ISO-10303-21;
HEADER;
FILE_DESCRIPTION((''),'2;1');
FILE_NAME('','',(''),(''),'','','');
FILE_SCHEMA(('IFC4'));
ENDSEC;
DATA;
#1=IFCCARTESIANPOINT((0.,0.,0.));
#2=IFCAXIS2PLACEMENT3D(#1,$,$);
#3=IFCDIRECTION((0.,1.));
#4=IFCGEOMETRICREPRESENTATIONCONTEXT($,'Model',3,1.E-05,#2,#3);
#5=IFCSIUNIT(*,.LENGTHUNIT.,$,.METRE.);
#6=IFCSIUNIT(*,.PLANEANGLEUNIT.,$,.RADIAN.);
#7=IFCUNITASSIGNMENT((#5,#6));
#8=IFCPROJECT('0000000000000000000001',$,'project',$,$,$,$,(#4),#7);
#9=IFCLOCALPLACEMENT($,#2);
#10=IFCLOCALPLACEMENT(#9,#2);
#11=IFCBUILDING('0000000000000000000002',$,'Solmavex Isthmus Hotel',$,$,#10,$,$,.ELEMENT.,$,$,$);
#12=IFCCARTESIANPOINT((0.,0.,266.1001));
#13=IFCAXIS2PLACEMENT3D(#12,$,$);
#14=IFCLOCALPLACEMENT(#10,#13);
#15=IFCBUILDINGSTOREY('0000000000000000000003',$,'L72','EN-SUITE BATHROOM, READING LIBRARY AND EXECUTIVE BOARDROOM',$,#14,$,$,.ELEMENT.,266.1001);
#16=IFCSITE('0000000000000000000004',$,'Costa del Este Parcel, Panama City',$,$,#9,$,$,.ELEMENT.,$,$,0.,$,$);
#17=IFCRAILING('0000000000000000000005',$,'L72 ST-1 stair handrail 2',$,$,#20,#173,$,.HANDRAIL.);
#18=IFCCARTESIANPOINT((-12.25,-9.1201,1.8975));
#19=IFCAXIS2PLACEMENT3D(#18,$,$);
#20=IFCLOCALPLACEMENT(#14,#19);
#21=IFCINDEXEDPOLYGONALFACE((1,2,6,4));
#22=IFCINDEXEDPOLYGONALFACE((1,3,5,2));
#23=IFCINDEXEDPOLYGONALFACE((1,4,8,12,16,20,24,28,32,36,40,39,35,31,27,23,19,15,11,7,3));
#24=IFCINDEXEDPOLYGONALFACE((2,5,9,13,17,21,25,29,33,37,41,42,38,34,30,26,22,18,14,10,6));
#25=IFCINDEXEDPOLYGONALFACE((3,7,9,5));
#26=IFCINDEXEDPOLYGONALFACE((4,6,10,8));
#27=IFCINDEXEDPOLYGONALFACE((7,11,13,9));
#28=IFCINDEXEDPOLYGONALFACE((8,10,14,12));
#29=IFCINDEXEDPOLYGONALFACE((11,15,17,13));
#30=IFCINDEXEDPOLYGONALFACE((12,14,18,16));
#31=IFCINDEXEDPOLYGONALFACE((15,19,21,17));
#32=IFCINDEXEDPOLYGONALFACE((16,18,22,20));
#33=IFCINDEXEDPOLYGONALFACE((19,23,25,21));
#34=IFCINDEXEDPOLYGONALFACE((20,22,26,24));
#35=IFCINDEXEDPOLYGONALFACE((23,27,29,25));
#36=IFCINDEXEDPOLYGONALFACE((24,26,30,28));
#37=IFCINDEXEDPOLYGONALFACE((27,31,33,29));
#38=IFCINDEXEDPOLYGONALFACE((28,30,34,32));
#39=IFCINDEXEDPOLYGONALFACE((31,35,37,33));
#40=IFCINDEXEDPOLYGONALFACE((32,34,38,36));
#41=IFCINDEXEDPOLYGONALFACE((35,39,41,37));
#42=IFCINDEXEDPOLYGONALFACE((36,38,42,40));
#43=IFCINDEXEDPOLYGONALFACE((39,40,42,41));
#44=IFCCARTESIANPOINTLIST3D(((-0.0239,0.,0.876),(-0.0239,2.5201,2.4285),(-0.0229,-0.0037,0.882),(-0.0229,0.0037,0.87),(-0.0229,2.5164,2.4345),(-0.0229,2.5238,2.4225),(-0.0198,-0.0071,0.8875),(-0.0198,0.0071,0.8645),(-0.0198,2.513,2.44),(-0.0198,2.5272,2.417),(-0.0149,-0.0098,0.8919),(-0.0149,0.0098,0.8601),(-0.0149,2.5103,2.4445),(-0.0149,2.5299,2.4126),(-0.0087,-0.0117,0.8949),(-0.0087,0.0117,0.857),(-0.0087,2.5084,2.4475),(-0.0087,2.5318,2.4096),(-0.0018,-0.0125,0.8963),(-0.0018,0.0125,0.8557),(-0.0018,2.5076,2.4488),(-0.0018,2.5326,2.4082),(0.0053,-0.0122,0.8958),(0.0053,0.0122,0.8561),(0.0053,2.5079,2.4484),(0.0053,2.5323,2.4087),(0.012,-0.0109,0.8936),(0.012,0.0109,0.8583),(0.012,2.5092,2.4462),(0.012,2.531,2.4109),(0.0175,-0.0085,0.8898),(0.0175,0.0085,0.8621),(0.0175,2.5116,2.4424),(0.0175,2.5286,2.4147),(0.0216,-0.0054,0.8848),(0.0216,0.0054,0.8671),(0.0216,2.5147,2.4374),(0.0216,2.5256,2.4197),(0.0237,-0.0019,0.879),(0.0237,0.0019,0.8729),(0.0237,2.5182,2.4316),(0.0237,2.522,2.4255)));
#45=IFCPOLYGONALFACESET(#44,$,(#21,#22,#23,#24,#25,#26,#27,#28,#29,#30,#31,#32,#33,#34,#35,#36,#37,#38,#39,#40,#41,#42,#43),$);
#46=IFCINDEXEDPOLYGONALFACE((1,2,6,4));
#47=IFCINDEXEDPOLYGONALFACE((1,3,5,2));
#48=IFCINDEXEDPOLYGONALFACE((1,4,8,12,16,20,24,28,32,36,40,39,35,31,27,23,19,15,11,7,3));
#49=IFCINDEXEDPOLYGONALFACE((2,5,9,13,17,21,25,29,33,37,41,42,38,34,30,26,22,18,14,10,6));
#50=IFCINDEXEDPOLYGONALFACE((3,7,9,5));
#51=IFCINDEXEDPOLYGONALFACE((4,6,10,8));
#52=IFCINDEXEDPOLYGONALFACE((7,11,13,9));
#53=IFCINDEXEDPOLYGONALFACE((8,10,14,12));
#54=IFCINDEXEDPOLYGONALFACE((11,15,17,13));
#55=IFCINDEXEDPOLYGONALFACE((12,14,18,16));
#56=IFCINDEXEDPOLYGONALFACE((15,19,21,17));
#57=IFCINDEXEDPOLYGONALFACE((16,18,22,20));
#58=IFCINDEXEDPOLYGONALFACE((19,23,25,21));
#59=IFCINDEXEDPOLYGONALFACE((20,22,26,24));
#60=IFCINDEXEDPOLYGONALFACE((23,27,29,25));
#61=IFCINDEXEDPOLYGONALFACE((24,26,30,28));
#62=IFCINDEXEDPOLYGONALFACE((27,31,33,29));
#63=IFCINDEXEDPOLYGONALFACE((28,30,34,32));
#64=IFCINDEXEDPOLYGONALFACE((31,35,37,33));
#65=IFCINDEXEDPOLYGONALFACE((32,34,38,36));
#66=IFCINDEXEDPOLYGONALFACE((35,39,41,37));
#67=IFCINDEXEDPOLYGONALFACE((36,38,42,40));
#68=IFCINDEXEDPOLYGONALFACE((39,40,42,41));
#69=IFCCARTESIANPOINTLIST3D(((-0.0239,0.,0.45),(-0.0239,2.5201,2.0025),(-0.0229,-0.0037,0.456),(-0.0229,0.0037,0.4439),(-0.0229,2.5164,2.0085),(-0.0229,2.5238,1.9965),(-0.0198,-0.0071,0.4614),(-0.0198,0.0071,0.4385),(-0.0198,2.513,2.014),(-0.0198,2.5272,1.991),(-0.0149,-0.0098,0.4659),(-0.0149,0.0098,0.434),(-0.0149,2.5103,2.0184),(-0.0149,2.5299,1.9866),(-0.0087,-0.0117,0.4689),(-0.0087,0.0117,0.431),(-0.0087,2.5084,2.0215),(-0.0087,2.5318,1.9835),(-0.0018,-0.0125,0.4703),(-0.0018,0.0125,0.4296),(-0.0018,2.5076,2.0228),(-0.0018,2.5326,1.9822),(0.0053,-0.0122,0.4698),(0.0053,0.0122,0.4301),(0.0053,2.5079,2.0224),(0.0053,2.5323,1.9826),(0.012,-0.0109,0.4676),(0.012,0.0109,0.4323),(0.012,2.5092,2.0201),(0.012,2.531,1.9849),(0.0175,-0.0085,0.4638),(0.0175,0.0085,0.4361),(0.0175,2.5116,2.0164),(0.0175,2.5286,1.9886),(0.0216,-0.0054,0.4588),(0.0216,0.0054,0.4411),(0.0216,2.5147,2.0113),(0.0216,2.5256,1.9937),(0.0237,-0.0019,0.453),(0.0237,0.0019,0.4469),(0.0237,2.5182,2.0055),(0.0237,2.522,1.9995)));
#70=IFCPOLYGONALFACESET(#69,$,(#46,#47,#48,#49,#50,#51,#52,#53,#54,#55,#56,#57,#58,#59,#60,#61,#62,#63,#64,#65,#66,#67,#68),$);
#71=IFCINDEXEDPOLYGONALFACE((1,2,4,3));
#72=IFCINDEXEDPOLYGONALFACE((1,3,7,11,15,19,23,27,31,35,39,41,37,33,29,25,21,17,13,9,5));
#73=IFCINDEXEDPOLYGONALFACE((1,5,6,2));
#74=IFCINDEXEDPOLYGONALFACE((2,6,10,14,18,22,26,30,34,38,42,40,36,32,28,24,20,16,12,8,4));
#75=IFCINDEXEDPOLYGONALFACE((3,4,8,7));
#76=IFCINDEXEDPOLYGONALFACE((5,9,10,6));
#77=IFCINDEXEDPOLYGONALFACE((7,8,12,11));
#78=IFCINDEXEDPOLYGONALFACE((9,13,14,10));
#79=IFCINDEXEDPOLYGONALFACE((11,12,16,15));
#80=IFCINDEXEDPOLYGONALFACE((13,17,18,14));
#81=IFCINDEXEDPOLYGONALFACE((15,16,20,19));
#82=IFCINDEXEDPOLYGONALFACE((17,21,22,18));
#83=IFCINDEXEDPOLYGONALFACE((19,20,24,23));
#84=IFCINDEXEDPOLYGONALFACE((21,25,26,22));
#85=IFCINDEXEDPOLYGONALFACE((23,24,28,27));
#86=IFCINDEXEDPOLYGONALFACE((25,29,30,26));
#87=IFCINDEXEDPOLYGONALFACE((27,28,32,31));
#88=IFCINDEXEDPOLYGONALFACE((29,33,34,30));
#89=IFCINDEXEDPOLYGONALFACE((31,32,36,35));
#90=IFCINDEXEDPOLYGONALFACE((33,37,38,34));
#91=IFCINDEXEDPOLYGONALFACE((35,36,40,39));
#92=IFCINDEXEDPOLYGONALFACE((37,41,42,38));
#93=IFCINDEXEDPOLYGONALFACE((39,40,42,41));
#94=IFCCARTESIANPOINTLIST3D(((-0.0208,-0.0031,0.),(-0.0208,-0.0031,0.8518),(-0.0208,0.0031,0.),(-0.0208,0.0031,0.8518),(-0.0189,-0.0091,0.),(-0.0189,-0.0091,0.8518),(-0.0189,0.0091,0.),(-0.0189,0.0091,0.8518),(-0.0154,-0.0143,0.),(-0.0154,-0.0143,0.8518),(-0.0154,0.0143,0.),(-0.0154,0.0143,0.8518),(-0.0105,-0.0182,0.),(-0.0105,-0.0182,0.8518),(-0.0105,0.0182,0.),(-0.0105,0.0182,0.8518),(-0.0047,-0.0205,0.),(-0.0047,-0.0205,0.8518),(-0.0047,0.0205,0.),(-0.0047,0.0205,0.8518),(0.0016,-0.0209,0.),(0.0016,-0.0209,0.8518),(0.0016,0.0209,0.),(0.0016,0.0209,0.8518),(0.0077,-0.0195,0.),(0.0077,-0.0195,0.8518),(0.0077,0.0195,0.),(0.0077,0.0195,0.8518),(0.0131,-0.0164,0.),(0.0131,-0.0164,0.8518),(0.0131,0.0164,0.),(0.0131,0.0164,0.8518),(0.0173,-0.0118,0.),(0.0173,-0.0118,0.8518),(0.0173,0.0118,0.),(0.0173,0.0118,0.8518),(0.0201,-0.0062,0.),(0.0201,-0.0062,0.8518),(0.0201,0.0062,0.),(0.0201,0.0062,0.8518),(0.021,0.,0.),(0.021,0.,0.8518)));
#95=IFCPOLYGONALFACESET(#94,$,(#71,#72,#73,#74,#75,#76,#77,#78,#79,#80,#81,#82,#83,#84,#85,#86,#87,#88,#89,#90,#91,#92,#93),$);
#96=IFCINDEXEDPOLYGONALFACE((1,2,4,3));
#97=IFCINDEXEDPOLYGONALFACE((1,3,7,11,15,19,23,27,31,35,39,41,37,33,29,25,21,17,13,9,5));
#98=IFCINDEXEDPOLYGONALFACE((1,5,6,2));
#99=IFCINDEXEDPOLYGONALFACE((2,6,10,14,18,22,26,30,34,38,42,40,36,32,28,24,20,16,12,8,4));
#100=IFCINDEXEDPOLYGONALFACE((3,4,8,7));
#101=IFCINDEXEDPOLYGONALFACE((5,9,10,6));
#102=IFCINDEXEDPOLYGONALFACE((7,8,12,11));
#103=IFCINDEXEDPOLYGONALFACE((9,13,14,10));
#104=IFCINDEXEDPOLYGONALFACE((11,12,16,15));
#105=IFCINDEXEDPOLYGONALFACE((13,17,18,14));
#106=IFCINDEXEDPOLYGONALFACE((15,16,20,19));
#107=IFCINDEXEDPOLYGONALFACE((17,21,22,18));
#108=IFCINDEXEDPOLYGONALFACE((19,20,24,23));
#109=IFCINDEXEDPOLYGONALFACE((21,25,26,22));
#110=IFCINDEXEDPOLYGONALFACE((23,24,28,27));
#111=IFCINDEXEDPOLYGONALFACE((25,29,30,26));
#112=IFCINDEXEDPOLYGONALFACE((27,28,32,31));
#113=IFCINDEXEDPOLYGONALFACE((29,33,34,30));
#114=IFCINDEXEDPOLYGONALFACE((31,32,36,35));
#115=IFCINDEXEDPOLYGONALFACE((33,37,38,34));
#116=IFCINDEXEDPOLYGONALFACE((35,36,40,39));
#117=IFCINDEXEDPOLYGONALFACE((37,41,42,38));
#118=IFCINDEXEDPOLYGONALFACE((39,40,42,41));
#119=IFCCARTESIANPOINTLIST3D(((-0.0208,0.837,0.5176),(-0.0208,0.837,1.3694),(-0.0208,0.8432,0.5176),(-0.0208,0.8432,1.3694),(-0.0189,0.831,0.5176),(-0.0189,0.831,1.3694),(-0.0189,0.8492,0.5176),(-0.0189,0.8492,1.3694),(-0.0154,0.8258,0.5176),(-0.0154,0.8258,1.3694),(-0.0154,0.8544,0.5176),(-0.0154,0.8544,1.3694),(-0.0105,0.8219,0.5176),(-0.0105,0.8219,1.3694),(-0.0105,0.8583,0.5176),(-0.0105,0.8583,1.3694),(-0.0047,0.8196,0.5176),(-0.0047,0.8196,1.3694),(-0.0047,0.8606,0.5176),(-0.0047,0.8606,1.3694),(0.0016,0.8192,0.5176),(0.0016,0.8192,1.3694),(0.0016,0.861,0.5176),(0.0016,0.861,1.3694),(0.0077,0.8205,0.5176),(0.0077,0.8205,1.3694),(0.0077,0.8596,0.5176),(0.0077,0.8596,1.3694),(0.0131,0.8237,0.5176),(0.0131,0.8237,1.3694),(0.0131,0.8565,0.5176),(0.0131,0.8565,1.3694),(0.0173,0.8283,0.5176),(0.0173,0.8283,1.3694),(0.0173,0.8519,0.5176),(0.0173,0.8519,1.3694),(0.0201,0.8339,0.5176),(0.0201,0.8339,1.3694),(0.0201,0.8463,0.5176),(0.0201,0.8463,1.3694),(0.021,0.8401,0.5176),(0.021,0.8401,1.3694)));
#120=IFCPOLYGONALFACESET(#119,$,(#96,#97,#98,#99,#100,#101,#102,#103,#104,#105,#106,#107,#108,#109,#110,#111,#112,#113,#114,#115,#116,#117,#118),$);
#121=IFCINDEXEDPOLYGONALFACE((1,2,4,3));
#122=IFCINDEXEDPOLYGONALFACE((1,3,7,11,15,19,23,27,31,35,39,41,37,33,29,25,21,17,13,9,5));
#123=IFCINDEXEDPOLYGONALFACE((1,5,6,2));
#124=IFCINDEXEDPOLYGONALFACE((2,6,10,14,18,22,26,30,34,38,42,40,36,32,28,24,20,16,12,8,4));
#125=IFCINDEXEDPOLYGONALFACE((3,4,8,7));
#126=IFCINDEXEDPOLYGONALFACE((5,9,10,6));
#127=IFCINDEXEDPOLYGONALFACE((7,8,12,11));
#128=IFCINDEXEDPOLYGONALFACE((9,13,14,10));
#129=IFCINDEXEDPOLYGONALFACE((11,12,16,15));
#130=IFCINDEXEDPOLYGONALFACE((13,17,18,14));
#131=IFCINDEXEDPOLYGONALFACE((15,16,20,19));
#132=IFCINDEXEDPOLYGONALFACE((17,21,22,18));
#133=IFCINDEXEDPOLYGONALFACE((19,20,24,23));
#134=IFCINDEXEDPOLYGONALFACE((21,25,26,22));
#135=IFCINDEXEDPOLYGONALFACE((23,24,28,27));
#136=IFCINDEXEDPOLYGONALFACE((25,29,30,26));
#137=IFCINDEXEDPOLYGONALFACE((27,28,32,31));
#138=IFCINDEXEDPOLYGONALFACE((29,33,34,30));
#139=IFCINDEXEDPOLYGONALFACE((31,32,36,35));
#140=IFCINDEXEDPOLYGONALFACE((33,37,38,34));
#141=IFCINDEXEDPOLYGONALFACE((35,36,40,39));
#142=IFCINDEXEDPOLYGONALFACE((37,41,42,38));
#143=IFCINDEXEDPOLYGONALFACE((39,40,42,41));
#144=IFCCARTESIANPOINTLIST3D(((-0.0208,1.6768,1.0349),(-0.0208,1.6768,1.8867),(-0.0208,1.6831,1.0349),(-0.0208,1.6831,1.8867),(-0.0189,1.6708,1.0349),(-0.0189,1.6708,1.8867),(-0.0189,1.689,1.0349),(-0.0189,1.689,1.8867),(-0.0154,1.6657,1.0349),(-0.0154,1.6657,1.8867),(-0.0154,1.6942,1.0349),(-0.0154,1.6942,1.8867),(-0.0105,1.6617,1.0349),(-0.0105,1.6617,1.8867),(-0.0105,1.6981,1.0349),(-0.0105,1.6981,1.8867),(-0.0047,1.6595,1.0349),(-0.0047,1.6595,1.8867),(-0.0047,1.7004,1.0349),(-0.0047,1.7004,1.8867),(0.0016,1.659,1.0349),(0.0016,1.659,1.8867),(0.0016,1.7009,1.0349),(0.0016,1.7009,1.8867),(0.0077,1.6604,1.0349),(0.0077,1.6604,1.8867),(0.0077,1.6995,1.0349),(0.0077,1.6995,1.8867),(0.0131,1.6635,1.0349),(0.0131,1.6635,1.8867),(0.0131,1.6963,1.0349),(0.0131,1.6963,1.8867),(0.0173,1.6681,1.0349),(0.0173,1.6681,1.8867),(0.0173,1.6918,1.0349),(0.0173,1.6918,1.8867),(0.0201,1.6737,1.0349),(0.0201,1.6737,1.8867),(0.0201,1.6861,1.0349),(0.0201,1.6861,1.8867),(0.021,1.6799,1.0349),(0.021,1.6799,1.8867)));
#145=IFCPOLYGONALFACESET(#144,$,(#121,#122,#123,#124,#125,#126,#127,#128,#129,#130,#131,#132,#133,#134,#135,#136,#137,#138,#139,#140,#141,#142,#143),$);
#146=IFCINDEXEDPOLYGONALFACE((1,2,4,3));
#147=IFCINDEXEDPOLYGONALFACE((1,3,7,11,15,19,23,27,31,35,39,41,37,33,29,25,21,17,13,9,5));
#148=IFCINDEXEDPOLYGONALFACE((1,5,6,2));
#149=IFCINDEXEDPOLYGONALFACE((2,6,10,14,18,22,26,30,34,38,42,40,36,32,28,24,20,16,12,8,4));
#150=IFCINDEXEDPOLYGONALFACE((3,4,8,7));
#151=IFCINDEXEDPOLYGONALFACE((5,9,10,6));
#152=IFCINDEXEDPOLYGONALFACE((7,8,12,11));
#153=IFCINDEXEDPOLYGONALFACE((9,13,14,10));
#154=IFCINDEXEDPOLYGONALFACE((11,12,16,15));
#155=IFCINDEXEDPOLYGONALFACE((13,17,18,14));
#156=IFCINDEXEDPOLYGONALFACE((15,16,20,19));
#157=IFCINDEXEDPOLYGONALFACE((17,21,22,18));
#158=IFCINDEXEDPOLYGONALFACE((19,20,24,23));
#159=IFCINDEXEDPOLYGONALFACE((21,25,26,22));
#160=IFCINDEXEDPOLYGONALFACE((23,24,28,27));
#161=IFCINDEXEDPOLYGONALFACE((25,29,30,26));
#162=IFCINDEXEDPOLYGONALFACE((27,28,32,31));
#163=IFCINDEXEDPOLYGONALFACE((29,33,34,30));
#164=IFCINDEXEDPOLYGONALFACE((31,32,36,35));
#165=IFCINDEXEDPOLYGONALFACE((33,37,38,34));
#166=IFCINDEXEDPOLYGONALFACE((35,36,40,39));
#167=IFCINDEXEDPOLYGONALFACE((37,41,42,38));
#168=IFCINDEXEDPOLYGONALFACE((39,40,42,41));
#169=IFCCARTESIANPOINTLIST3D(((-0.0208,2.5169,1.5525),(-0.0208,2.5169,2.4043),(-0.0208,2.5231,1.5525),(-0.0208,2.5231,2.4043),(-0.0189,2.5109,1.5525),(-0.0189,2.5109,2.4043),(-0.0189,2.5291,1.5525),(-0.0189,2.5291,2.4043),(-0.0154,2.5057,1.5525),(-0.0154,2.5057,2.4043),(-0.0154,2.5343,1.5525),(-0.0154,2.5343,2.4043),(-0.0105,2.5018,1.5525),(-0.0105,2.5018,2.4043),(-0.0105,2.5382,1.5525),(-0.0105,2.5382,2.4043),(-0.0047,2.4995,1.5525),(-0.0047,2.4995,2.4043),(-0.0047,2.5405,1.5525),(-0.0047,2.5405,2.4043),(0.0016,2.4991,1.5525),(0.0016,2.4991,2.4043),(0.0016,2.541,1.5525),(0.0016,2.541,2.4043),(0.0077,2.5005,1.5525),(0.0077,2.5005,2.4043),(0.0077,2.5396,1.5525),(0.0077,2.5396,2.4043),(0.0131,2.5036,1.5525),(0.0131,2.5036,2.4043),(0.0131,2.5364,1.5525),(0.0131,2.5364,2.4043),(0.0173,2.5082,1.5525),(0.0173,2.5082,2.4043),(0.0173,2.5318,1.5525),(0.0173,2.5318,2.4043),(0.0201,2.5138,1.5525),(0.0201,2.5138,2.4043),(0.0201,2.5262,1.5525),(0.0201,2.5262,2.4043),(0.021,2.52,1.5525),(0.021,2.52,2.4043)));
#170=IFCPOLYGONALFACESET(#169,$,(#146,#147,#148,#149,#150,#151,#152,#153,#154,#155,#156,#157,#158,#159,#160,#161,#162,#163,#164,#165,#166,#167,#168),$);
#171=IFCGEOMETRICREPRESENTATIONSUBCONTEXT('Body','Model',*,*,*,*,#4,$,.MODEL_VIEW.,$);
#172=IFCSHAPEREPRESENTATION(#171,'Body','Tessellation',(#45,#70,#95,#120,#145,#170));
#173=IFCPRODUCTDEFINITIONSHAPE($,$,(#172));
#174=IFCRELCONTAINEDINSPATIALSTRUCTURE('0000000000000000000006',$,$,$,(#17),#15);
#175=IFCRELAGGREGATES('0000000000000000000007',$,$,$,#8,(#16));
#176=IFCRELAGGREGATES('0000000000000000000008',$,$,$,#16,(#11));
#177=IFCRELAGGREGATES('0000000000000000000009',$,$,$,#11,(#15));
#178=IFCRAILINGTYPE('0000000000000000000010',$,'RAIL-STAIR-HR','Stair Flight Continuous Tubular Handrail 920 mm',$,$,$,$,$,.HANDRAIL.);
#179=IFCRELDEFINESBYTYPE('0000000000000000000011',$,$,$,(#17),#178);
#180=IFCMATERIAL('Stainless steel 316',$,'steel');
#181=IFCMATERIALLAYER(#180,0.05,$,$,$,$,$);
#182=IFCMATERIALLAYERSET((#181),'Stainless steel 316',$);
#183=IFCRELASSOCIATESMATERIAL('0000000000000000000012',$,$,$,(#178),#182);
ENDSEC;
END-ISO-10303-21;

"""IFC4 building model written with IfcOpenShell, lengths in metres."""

from ifc_helpers import new_model, si_unit, direction, frame, origin, origin_2d, place, context, subcontext, project, spatial, circle, extrude, material, layer, layer_set, type_object, element, save


model = new_model("IFC4")

# Units and contexts
model_context = context("Model", 3, precision=1e-05, world=origin(), true_north=direction((0.0, 1.0)))
body_context = subcontext(model_context, "Body", "Model", "MODEL_VIEW")
ifc_project = project(units=[si_unit("LENGTHUNIT", "METRE"), si_unit("PLANEANGLEUNIT", "RADIAN")], contexts=[model_context])

# Site, building, storey
site_placement = place(None, origin())
site = spatial("IfcSite", under=ifc_project, at=site_placement, Name="Costa del Este Parcel, Panama City", CompositionType="ELEMENT", RefElevation=0.0)
building_placement = place(site_placement, origin())
building = spatial("IfcBuilding", under=site, at=building_placement, Name="Solmavex Isthmus Hotel", CompositionType="ELEMENT")
storey_placement = place(building_placement, frame((0.0, 0.0, 266.1001)))
storey = spatial("IfcBuildingStorey", under=building, at=storey_placement, Name="L72", Description="EN-SUITE BATHROOM, READING LIBRARY AND EXECUTIVE BOARDROOM", CompositionType="ELEMENT", Elevation=266.1001)

# Shared definitions
ifc_material_1 = material(Name="Stainless steel 316", Category="steel")

# Railing
ifc_layer_1 = layer(ifc_material_1, 0.05)
ifc_layer_set_1 = layer_set([ifc_layer_1], Name="Stainless steel 316")
railing_type_1 = type_object("IfcRailingType", Name="RAIL-STAIR-HR", Description="Stair Flight Continuous Tubular Handrail 920 mm", PredefinedType="HANDRAIL", material=ifc_layer_set_1)
railing_1_placement = place(storey_placement, frame((-12.25, -9.1201, 1.8975)))
element("IfcRailing", 1, at=railing_1_placement, inside=storey, type_object=railing_type_1, Name="L72 ST-1 stair handrail 2", PredefinedType="HANDRAIL", context=body_context, shape_type="SweptSolid", body=[
    extrude(circle(Radius=0.0239, at=origin_2d()), frame((0.0, 0.0, 0.876), z_axis=(0.0, 0.8514, 0.524516), x_axis=(-1.0, 0.0, 0.0)), (0.0, 0.0, 1.0), 2.96),
    extrude(circle(Radius=0.0239, at=origin_2d()), frame((0.0, 0.0, 0.45), z_axis=(0.0, 0.8514, 0.524516), x_axis=(-1.0, 0.0, 0.0)), (0.0, 0.0, 1.0), 2.96),
    extrude(circle(Radius=0.021, at=origin_2d()), origin(), (0.0, 0.0, 1.0), 0.8518),
    extrude(circle(Radius=0.021, at=origin_2d()), frame((0.0, 0.8401, 0.5176)), (0.0, 0.0, 1.0), 0.8518),
    extrude(circle(Radius=0.021, at=origin_2d()), frame((0.0, 1.6799, 1.0349)), (0.0, 0.0, 1.0), 0.8518),
    extrude(circle(Radius=0.021, at=origin_2d()), frame((0.0, 2.52, 1.5525)), (0.0, 0.0, 1.0), 0.8518),
])

save(model, "model.ifc")
